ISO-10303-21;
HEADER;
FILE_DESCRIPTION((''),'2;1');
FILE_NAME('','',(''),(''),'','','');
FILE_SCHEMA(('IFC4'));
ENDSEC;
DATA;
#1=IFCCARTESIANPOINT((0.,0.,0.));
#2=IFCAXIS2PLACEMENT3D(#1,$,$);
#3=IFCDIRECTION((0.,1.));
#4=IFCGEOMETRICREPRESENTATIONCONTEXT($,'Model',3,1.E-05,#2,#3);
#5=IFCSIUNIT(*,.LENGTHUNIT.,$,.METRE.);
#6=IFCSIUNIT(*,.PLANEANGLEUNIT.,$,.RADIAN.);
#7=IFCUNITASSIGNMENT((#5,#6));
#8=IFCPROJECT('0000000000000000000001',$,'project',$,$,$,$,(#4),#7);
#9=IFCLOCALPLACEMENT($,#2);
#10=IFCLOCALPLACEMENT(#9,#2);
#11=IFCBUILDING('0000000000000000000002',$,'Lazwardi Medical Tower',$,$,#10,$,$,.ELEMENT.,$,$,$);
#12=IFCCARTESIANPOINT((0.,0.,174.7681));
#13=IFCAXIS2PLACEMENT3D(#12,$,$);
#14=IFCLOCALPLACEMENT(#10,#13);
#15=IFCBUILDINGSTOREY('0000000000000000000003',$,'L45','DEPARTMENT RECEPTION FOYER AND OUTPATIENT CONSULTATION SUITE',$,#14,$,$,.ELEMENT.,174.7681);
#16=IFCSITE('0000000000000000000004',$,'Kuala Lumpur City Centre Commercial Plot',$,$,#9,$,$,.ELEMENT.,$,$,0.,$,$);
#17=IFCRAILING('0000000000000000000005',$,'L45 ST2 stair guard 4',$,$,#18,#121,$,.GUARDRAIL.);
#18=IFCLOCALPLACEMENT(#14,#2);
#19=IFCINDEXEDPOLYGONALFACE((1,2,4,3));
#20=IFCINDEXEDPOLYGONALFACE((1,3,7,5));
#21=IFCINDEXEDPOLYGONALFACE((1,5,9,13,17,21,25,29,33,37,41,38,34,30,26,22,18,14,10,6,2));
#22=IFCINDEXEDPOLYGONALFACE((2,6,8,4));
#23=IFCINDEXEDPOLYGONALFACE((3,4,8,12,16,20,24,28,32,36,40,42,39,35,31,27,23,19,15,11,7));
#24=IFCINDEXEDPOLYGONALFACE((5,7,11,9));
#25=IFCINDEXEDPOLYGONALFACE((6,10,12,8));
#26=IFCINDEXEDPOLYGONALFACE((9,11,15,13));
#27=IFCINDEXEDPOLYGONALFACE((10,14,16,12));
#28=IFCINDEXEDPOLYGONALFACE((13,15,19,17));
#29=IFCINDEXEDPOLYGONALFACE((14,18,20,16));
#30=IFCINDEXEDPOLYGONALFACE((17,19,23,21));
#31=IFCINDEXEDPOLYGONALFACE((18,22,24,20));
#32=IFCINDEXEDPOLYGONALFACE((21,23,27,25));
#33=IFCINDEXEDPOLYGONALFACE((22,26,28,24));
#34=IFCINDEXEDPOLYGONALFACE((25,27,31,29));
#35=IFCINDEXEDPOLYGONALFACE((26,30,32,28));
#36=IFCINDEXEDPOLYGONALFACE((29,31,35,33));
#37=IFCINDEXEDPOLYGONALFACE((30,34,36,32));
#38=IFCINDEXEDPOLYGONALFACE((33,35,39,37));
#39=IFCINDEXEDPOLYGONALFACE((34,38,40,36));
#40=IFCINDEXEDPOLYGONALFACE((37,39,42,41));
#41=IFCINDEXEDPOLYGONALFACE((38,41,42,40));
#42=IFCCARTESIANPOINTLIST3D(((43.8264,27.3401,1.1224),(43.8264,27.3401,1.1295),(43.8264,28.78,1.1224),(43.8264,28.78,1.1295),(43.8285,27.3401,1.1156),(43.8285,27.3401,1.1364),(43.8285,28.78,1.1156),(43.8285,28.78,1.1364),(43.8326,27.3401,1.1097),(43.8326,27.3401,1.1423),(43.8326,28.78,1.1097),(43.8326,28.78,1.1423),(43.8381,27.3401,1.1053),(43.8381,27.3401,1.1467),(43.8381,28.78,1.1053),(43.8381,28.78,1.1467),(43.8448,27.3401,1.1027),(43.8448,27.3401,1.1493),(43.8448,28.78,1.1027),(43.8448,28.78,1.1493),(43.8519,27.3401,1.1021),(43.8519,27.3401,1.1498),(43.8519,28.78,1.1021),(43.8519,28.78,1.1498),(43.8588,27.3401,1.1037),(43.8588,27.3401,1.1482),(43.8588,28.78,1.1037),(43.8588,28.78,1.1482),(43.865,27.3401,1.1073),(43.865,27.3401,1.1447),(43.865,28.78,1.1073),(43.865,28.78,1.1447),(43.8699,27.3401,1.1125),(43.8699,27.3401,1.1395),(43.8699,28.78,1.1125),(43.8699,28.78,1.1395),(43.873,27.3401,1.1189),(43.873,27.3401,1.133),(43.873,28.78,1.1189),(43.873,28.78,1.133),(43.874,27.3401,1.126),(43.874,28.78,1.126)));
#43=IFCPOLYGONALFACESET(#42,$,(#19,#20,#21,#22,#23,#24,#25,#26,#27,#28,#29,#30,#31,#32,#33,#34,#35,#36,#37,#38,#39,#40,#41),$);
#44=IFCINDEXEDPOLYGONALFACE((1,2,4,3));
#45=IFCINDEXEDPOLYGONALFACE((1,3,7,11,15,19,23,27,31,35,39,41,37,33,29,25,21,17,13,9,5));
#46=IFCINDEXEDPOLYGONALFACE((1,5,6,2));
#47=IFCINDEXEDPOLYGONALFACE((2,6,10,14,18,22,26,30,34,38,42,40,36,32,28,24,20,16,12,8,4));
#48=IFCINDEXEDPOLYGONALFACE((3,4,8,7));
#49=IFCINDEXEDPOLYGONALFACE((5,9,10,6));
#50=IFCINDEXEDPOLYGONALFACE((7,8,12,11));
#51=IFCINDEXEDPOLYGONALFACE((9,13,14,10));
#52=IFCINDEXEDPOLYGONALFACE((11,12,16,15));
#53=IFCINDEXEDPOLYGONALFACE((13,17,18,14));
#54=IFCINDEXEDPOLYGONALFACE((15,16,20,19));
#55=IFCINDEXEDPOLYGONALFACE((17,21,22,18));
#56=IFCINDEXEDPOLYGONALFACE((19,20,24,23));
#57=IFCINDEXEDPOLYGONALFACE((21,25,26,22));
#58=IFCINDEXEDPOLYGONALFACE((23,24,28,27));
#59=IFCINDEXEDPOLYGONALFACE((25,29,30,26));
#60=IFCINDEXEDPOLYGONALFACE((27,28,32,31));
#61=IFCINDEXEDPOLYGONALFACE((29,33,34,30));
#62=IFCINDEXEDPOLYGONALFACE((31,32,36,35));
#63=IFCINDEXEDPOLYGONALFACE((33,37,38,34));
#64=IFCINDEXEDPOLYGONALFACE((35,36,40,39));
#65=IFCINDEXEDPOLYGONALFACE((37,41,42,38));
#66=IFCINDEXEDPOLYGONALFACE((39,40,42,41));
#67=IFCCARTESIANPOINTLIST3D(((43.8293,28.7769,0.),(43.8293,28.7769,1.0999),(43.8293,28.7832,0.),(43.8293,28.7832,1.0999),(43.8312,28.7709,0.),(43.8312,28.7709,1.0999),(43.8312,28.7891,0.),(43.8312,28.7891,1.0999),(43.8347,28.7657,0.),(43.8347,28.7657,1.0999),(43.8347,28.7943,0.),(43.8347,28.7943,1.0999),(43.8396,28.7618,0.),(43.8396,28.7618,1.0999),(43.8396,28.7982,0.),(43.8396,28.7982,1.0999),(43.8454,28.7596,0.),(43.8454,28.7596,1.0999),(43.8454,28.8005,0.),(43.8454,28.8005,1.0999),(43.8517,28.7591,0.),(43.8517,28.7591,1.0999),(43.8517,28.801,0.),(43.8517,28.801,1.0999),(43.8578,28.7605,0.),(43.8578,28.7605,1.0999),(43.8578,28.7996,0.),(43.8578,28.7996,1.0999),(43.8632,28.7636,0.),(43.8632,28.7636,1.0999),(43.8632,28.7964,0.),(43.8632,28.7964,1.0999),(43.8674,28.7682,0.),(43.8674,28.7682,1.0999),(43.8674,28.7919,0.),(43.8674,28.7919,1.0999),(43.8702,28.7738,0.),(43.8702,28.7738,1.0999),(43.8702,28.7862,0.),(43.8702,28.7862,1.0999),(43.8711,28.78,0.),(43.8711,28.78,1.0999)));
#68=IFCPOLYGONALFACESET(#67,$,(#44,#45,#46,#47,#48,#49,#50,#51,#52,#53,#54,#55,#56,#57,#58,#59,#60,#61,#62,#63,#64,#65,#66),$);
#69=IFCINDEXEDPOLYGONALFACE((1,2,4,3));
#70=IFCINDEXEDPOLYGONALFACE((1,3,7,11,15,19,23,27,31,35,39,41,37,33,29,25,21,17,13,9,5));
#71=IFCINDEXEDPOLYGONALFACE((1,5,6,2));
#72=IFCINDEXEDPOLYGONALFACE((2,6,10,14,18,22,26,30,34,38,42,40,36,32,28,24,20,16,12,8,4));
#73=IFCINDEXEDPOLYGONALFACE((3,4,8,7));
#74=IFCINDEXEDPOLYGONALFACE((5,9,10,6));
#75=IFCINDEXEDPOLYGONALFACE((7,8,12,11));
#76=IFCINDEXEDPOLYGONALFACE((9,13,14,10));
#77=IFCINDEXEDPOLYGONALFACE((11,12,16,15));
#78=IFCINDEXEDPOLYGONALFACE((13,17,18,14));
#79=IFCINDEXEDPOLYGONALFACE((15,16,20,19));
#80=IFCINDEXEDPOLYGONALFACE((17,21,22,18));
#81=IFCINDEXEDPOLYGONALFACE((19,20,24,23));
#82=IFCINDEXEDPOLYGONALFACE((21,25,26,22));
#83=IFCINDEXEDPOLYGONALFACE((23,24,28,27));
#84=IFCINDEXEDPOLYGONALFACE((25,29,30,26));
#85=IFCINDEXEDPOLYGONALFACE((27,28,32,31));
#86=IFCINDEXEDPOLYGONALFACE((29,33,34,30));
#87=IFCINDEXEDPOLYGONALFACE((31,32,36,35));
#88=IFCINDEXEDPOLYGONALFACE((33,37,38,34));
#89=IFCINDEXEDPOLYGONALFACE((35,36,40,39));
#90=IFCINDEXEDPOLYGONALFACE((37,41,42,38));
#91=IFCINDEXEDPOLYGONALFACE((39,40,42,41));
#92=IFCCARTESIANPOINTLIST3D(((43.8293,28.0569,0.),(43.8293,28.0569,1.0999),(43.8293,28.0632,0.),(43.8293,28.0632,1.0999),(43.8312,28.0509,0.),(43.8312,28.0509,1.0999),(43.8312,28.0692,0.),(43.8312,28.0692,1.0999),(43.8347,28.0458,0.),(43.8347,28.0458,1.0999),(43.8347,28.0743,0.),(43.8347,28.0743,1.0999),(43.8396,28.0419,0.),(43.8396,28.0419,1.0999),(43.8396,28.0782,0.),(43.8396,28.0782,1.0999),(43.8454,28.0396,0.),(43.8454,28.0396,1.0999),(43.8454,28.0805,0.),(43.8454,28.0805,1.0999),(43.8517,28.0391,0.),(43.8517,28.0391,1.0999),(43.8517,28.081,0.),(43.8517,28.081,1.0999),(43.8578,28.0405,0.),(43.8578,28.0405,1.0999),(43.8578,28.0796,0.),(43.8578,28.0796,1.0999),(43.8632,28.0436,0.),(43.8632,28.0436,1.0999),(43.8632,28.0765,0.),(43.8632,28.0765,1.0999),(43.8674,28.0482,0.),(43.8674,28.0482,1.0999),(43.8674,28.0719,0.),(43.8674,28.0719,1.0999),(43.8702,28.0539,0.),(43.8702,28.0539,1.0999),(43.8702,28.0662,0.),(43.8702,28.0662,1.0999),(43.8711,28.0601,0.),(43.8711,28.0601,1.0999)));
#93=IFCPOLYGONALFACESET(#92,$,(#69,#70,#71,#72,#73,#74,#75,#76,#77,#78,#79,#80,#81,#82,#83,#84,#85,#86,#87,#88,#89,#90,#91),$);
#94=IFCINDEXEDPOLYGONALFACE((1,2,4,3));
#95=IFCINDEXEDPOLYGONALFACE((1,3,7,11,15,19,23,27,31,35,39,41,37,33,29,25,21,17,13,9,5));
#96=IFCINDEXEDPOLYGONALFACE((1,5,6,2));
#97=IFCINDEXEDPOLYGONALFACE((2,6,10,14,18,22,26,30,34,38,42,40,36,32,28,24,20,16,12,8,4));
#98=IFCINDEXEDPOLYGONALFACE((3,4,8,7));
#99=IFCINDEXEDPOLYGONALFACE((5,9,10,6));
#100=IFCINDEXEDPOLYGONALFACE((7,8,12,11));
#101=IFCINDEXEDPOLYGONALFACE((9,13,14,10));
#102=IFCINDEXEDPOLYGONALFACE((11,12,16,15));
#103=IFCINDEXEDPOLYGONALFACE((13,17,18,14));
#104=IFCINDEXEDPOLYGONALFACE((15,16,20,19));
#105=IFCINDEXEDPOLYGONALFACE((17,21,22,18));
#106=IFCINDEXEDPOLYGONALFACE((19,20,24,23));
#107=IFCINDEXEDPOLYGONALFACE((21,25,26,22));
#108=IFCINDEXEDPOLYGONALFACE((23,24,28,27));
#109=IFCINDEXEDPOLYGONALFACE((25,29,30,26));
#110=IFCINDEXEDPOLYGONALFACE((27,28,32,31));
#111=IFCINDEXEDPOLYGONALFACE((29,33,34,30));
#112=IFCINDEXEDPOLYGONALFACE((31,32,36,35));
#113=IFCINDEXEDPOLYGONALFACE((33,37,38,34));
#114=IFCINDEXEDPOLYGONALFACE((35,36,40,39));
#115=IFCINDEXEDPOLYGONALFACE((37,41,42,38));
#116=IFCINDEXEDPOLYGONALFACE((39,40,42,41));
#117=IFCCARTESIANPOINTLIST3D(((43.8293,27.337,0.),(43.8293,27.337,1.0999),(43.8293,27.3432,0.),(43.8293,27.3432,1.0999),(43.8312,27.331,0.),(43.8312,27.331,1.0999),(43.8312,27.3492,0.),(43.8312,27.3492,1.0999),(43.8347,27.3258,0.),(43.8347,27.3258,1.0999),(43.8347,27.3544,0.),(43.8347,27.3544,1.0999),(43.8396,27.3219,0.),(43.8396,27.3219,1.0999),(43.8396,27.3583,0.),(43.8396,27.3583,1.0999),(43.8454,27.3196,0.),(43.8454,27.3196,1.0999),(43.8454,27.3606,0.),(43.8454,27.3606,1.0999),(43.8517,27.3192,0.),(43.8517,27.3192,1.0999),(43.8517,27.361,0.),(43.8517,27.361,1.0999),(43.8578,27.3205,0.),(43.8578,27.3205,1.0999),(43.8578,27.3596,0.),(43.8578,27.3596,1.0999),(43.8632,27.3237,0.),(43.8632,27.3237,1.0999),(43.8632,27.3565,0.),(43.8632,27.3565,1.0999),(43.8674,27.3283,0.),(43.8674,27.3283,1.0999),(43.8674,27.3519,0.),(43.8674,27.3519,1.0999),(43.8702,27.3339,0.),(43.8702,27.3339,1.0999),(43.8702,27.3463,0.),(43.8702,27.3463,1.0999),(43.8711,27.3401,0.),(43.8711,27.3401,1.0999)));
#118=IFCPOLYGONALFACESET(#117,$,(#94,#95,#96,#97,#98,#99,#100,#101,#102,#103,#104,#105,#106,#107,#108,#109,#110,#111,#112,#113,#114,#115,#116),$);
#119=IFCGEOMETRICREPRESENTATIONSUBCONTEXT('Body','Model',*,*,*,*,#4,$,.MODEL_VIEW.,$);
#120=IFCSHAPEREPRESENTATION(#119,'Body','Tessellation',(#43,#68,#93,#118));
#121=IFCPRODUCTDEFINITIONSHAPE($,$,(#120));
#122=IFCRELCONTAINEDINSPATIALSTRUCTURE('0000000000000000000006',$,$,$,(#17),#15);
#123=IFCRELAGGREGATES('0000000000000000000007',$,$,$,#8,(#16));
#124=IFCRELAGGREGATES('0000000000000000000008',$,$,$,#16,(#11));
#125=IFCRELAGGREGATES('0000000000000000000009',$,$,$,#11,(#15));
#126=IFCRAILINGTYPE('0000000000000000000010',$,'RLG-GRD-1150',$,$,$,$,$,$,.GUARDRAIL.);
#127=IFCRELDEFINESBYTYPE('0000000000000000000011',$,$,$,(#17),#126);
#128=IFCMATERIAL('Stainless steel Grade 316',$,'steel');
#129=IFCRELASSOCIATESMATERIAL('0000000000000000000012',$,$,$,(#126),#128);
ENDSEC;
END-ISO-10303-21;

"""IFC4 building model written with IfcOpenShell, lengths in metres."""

from ifc_helpers import new_model, si_unit, direction, frame, origin, origin_2d, place, context, subcontext, project, spatial, circle, extrude, material, type_object, element, save


model = new_model("IFC4")

# Units and contexts
model_context = context("Model", 3, precision=1e-05, world=origin(), true_north=direction((0.0, 1.0)))
body_context = subcontext(model_context, "Body", "Model", "MODEL_VIEW")
ifc_project = project(units=[si_unit("LENGTHUNIT", "METRE"), si_unit("PLANEANGLEUNIT", "RADIAN")], contexts=[model_context])

# Site, building, storey
site_placement = place(None, origin())
site = spatial("IfcSite", under=ifc_project, at=site_placement, Name="Kuala Lumpur City Centre Commercial Plot", CompositionType="ELEMENT", RefElevation=0.0)
building_placement = place(site_placement, origin())
building = spatial("IfcBuilding", under=site, at=building_placement, Name="Lazwardi Medical Tower", CompositionType="ELEMENT")
storey_placement = place(building_placement, frame((0.0, 0.0, 174.7681)))
storey = spatial("IfcBuildingStorey", under=building, at=storey_placement, Name="L45", Description="DEPARTMENT RECEPTION FOYER AND OUTPATIENT CONSULTATION SUITE", CompositionType="ELEMENT", Elevation=174.7681)

# Railing
ifc_material_1 = material(Name="Stainless steel Grade 316", Category="steel")
railing_type_1 = type_object("IfcRailingType", Name="RLG-GRD-1150", PredefinedType="GUARDRAIL", material=ifc_material_1)
railing_1_placement = place(storey_placement, frame((43.8501, 28.78, 0.0)))
element("IfcRailing", 1, at=railing_1_placement, inside=storey, type_object=railing_type_1, Name="L45 ST2 stair guard 4", PredefinedType="GUARDRAIL", context=body_context, shape_type="SweptSolid", body=[
    extrude(circle(Radius=0.0239, at=origin_2d()), frame((0.0, 0.0, 1.126), z_axis=(0.0, -1.0, 0.0), x_axis=(1.0, 0.0, 0.0)), (0.0, 0.0, 1.0), 1.4399),
    extrude(circle(Radius=0.021, at=origin_2d()), origin(), (0.0, 0.0, 1.0), 1.0999),
    extrude(circle(Radius=0.021, at=origin_2d()), frame((0.0, -0.72, 0.0)), (0.0, 0.0, 1.0), 1.0999),
    extrude(circle(Radius=0.021, at=origin_2d()), frame((0.0, -1.4399, 0.0)), (0.0, 0.0, 1.0), 1.0999),
])

save(model, "model.ifc")
